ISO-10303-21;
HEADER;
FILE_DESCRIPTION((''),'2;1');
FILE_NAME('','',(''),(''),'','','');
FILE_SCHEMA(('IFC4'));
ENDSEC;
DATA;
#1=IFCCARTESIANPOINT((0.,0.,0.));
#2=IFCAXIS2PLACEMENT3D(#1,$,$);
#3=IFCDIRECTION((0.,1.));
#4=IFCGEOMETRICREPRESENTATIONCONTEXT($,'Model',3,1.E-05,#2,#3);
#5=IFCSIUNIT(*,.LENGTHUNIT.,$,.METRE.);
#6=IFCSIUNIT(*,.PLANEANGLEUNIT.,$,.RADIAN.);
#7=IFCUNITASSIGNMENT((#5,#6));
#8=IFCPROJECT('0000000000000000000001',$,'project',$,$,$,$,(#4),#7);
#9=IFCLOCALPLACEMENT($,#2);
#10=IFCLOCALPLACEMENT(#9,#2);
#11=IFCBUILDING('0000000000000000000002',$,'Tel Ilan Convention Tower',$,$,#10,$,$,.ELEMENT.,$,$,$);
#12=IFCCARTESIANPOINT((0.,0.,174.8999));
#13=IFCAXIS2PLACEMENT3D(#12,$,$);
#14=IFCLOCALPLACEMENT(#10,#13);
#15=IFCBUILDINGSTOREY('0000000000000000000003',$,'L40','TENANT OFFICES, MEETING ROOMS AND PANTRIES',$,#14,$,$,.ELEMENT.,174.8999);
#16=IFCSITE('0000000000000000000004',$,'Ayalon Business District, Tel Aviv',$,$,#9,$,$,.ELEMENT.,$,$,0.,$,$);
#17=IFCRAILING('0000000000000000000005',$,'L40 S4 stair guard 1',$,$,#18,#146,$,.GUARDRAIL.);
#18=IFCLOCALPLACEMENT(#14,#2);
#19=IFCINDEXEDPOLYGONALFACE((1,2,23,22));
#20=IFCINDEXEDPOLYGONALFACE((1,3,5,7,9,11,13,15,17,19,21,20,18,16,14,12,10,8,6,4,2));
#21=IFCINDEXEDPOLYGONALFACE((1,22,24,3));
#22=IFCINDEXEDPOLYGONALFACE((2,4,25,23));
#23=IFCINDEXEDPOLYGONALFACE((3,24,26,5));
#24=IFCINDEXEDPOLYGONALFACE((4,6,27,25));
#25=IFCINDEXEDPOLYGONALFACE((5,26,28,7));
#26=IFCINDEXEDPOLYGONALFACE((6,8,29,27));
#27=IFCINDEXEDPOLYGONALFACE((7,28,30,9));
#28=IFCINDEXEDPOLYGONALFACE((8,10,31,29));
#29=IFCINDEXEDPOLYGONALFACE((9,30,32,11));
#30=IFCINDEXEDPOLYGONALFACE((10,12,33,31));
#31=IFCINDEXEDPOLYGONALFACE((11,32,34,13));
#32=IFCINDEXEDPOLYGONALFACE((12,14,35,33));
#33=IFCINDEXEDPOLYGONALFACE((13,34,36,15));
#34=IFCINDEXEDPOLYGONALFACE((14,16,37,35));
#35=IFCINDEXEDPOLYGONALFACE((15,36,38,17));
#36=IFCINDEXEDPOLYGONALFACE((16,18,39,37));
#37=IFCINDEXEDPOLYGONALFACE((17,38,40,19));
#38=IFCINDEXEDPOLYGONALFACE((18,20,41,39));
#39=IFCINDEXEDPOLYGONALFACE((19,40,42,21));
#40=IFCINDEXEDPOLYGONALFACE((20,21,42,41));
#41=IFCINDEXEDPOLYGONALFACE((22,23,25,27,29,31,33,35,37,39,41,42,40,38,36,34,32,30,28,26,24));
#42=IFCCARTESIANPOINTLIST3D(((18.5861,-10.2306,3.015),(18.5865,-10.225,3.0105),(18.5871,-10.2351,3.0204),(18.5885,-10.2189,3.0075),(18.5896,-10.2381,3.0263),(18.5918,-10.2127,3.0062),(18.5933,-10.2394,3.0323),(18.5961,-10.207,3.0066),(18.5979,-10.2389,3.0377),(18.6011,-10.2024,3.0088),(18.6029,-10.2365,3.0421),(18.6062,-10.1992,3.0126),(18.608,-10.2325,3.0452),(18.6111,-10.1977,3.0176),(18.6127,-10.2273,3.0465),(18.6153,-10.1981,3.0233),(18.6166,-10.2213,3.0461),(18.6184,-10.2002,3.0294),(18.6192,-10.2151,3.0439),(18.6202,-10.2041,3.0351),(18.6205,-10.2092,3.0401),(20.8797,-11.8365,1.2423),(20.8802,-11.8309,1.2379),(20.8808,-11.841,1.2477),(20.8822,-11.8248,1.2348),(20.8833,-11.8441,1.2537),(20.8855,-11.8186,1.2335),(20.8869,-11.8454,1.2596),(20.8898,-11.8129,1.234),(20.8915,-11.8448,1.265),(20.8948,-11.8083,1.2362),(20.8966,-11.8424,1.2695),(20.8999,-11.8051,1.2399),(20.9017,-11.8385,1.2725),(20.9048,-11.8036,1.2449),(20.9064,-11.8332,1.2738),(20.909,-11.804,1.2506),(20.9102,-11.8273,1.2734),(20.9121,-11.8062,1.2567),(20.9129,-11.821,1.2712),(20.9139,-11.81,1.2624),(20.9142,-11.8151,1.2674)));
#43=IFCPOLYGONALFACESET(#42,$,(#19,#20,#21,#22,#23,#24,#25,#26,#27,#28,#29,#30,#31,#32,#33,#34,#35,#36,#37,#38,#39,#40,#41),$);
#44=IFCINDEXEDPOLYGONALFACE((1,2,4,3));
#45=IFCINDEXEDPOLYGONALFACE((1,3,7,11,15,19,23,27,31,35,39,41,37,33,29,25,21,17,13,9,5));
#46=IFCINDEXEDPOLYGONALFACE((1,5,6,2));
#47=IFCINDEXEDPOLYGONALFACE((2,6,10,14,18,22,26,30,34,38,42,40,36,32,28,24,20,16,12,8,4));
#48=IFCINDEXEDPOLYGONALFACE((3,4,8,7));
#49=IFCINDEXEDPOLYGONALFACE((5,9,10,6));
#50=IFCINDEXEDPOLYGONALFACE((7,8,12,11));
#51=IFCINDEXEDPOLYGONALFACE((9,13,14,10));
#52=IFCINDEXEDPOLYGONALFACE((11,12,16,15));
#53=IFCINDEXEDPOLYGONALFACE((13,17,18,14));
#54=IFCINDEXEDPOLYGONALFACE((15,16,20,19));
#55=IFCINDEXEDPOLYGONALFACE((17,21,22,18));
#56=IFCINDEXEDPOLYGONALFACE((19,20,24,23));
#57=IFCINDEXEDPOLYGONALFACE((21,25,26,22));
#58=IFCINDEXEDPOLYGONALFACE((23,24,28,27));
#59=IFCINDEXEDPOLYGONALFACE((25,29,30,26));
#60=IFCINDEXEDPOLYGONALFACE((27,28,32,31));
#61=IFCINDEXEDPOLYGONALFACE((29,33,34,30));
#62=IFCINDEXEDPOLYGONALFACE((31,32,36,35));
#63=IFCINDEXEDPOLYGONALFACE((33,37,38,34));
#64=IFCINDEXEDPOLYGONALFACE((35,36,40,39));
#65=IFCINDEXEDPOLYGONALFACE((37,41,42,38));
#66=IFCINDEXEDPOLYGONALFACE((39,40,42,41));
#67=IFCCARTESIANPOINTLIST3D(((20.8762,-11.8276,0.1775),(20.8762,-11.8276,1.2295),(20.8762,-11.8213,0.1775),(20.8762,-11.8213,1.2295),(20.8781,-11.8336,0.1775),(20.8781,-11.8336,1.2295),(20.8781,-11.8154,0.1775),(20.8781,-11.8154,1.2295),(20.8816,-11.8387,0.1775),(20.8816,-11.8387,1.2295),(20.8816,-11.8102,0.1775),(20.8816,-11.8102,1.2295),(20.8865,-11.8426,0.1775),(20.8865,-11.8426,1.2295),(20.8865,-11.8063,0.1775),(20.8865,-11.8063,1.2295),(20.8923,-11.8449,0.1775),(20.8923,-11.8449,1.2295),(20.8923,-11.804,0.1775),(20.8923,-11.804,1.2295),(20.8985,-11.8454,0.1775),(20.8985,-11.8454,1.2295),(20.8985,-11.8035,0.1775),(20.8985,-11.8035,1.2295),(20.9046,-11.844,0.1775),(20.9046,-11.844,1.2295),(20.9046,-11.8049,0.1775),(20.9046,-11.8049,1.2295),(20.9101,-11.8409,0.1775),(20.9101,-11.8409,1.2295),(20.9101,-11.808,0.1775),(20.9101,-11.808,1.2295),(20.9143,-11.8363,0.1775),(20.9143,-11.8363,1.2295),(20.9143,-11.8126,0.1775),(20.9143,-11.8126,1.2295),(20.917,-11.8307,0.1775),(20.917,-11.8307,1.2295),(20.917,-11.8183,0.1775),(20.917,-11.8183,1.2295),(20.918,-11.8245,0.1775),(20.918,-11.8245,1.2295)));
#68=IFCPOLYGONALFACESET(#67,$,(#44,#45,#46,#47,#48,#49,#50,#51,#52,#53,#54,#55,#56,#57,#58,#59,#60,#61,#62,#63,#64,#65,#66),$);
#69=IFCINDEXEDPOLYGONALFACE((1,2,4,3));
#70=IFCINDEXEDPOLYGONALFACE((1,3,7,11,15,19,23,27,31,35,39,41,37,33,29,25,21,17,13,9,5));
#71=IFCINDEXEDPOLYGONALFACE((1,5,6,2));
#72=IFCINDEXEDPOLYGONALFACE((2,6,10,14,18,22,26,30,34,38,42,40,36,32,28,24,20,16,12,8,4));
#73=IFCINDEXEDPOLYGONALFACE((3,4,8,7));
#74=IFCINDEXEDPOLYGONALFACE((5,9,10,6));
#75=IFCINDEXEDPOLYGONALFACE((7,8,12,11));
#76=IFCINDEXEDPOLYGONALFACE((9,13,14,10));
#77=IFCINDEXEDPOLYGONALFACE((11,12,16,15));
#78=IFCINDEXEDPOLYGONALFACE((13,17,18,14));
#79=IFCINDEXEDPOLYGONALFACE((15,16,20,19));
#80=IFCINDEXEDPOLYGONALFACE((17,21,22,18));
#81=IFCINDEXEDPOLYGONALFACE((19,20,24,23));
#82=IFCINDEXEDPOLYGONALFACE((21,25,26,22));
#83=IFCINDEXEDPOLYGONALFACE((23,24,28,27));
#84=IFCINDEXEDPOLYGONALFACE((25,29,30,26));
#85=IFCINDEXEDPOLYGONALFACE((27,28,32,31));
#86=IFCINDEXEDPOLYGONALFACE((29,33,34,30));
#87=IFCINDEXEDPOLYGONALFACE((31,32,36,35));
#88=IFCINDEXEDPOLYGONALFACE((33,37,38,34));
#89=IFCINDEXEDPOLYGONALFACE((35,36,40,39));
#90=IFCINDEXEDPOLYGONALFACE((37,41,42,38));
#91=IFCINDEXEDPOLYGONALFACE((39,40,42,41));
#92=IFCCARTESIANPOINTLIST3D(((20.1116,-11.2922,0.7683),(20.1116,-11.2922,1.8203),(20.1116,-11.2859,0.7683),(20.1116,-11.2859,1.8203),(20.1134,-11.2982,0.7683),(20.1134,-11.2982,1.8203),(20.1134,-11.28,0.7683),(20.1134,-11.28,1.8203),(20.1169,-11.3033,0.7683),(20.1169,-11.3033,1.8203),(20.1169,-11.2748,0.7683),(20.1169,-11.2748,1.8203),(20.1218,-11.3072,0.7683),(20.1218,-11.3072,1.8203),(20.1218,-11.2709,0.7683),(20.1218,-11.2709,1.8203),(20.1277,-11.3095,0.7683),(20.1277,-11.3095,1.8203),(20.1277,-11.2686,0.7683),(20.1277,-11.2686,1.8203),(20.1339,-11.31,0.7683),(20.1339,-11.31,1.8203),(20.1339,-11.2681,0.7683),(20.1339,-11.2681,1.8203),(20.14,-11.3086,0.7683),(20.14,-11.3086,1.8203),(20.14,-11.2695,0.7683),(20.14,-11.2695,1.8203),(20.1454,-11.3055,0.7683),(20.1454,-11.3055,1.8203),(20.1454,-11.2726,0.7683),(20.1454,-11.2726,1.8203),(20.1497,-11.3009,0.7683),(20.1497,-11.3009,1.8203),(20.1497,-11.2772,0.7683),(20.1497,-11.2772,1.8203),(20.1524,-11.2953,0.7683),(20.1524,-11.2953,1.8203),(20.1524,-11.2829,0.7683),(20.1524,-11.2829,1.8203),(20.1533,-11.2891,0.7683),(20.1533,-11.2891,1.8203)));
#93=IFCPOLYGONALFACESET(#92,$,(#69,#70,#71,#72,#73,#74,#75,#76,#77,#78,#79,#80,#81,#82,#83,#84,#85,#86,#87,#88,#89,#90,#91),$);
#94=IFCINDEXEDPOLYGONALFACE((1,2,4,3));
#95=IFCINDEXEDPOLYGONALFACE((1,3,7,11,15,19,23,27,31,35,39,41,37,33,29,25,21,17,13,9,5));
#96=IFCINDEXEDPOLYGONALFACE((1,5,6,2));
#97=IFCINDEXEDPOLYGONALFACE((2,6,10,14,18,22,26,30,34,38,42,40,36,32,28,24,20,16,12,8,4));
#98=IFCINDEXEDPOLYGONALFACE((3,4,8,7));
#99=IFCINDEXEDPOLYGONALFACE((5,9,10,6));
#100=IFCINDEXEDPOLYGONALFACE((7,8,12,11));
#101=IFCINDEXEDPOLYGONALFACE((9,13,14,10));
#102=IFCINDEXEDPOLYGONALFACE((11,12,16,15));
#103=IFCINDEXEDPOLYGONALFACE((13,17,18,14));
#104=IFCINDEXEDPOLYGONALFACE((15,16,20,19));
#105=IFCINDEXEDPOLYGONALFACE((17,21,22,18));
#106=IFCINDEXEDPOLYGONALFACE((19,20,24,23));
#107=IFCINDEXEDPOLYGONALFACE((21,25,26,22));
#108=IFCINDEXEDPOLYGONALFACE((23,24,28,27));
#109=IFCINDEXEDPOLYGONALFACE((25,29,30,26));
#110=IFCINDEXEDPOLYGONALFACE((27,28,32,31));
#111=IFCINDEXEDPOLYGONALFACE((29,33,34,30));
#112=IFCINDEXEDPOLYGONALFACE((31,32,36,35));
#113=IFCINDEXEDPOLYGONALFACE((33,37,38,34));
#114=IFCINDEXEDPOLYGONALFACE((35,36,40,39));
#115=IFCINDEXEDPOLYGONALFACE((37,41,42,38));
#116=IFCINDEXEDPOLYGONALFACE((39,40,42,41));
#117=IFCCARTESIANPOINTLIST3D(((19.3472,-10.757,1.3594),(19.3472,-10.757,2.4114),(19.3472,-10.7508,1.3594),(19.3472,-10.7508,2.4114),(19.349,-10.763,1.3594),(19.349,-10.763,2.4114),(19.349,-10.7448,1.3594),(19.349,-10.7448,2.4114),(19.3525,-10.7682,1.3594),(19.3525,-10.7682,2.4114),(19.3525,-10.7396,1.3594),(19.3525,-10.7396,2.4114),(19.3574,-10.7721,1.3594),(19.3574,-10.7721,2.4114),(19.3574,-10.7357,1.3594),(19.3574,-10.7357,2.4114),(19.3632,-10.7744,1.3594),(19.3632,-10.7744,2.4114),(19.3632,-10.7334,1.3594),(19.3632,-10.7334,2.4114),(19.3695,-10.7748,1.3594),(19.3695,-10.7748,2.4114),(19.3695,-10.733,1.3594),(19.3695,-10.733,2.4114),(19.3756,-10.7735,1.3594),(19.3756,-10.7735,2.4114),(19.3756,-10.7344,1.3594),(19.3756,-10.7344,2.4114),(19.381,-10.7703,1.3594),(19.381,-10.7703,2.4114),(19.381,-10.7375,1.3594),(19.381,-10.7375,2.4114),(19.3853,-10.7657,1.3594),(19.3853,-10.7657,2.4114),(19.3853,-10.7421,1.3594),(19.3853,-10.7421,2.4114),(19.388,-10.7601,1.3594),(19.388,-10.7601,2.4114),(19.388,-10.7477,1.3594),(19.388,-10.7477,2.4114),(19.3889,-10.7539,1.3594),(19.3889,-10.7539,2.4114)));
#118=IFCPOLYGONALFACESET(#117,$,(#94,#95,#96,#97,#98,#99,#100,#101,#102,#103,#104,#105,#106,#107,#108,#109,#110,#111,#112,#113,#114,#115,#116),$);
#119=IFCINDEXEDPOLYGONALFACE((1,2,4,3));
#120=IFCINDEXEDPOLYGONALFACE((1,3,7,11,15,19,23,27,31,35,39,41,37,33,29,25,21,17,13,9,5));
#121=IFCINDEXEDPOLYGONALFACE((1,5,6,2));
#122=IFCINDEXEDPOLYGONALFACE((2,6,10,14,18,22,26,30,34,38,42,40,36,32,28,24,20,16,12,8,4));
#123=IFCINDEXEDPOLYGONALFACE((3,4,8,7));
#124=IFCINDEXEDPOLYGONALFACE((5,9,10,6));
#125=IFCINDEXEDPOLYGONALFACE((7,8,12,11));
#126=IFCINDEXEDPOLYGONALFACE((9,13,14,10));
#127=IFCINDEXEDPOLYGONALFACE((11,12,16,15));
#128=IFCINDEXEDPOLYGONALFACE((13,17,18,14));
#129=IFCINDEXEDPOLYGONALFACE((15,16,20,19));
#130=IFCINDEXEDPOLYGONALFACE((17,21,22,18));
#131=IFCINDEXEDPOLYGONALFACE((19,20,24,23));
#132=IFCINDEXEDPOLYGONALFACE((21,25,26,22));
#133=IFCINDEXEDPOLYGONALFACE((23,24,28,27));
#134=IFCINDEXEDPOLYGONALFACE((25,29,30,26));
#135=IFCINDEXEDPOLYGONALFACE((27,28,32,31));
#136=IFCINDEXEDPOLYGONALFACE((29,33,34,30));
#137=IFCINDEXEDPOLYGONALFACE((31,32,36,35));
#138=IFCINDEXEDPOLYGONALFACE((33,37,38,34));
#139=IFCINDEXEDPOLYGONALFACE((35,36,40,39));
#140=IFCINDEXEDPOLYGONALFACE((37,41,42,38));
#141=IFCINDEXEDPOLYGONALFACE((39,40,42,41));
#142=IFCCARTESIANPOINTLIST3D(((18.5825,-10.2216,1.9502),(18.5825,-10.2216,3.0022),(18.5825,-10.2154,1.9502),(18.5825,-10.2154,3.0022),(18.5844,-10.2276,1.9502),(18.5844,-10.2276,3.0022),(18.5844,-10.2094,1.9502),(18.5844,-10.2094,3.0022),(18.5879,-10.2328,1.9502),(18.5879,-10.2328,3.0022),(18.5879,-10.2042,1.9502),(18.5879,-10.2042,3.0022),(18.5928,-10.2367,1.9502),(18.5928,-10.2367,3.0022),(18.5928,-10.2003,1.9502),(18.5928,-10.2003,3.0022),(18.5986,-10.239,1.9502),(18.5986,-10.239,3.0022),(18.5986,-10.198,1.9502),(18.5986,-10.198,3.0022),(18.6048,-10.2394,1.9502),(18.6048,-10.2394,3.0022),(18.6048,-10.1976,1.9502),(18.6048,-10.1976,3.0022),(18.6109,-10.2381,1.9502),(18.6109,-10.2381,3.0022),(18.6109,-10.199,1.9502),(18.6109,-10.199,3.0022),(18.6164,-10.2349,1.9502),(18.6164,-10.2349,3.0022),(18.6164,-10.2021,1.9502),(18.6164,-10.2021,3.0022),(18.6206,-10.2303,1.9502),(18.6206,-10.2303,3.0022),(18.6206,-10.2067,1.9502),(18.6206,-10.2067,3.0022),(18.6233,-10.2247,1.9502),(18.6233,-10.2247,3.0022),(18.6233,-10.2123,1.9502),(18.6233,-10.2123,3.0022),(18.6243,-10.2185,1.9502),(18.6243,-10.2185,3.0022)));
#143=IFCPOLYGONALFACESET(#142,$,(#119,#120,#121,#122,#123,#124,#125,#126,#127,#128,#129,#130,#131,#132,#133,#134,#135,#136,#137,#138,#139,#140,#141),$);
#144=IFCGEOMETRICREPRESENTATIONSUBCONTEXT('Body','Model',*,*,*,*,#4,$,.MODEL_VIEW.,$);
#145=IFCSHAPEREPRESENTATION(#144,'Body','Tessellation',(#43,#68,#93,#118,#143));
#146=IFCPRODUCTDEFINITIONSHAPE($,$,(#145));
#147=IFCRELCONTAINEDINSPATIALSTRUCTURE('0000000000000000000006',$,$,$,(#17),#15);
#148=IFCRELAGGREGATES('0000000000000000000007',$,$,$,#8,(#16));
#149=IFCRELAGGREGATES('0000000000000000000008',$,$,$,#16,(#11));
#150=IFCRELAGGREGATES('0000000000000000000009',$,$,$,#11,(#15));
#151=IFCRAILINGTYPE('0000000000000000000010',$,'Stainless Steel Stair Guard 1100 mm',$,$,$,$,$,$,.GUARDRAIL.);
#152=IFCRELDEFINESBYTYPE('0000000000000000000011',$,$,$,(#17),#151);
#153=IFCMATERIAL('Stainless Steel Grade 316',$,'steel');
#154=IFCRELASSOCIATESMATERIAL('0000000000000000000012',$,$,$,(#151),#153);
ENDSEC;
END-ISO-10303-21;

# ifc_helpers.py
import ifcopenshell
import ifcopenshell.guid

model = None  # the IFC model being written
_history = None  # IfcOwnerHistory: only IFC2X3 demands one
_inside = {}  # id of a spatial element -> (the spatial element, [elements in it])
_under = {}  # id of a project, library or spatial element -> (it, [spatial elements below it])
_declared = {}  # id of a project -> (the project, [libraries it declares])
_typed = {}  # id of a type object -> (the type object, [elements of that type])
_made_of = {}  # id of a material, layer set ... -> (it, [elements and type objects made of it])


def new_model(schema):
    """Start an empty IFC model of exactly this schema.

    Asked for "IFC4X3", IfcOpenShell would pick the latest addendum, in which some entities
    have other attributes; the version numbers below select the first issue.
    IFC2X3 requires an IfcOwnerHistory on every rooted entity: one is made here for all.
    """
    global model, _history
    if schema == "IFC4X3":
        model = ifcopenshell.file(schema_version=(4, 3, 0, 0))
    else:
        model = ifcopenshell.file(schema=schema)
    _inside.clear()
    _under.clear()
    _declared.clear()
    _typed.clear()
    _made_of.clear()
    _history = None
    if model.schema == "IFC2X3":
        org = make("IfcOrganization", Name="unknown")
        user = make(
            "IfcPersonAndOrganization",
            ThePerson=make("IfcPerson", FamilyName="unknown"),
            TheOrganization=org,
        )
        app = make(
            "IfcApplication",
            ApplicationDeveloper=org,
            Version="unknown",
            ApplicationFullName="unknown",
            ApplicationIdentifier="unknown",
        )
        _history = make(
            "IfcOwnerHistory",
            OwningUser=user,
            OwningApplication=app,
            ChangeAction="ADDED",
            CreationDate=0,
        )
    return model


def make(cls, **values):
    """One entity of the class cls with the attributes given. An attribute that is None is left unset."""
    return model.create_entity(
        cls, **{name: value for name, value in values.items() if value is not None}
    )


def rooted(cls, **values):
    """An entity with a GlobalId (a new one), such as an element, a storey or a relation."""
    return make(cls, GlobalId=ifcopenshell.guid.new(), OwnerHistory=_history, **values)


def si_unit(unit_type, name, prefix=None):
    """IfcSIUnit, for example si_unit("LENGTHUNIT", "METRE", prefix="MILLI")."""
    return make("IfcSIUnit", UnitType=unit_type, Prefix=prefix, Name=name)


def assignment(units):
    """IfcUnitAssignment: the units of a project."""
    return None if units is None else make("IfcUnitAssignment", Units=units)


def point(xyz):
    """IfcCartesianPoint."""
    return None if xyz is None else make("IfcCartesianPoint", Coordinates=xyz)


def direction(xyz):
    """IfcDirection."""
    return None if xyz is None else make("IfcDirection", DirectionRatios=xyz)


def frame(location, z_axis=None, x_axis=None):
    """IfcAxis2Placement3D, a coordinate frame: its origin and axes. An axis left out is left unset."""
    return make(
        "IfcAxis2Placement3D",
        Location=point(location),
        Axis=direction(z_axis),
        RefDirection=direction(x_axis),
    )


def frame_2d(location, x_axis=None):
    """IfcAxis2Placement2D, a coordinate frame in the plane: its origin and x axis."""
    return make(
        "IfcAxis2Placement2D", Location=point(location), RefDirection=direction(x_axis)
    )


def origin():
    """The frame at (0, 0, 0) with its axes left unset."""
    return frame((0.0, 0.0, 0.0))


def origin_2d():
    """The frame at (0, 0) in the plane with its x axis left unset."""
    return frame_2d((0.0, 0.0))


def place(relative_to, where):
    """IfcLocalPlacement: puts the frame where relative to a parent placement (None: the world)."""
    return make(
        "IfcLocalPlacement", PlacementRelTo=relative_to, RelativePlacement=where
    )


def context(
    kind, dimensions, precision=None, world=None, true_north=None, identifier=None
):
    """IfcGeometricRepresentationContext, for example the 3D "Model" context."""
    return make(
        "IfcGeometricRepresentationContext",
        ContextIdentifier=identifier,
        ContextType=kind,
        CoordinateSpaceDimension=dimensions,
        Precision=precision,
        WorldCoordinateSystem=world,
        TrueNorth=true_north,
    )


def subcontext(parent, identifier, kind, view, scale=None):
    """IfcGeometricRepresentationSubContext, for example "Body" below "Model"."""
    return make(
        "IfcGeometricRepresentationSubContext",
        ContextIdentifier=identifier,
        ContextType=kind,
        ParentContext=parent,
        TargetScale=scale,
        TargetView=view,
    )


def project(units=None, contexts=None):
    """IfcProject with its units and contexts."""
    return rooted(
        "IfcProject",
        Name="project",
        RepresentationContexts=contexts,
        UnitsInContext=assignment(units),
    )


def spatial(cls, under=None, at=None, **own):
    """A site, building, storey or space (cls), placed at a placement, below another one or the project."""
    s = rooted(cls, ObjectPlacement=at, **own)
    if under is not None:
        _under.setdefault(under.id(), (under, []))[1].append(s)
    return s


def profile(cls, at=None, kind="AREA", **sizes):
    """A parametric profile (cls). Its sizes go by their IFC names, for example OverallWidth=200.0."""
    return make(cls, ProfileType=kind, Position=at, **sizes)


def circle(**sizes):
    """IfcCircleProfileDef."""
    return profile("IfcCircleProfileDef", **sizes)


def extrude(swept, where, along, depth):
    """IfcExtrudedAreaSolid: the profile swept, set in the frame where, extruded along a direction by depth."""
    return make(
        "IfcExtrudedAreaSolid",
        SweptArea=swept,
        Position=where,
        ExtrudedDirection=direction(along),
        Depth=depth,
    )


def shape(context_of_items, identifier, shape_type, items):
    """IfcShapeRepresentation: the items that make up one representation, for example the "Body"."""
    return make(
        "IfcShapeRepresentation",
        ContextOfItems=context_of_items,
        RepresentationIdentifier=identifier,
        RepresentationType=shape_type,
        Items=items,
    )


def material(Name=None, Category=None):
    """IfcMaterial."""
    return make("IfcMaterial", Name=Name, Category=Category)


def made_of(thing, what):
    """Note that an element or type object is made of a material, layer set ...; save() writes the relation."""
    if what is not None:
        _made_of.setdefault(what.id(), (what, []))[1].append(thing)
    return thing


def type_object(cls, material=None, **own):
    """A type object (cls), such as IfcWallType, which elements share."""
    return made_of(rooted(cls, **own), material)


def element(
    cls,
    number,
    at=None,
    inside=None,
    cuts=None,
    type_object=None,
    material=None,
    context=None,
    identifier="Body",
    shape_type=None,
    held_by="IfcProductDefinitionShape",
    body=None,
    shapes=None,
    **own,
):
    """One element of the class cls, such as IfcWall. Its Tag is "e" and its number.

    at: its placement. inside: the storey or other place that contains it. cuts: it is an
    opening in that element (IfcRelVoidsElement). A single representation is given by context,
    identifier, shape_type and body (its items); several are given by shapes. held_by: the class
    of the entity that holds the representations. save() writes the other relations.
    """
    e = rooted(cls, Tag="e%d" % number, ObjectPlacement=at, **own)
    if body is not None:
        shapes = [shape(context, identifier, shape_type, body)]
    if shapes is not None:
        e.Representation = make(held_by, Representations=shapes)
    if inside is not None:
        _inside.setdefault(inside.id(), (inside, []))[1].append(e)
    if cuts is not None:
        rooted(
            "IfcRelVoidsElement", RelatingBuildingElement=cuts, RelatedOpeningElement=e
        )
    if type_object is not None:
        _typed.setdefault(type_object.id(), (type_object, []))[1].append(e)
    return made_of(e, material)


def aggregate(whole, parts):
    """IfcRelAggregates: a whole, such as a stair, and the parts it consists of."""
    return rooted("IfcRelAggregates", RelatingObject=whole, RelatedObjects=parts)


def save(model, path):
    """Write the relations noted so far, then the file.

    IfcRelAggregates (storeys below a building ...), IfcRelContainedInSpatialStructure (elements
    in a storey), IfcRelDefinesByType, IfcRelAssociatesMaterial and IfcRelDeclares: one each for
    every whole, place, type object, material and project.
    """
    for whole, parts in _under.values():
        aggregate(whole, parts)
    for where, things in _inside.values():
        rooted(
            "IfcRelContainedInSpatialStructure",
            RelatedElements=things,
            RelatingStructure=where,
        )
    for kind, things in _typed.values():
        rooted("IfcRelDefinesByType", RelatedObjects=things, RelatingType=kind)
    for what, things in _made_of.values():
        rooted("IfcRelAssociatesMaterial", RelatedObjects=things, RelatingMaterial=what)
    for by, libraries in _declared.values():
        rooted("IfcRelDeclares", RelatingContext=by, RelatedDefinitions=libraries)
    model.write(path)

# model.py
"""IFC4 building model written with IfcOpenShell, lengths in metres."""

from ifc_helpers import new_model, si_unit, direction, frame, origin, origin_2d, place, context, subcontext, project, spatial, circle, extrude, material, type_object, element, save


model = new_model("IFC4")

# Units and contexts
model_context = context("Model", 3, precision=1e-05, world=origin(), true_north=direction((0.0, 1.0)))
body_context = subcontext(model_context, "Body", "Model", "MODEL_VIEW")
ifc_project = project(units=[si_unit("LENGTHUNIT", "METRE"), si_unit("PLANEANGLEUNIT", "RADIAN")], contexts=[model_context])

# Site, building, storey
site_placement = place(None, origin())
site = spatial("IfcSite", under=ifc_project, at=site_placement, Name="Ayalon Business District, Tel Aviv", CompositionType="ELEMENT", RefElevation=0.0)
building_placement = place(site_placement, origin())
building = spatial("IfcBuilding", under=site, at=building_placement, Name="Tel Ilan Convention Tower", CompositionType="ELEMENT")
storey_placement = place(building_placement, frame((0.0, 0.0, 174.8999)))
storey = spatial("IfcBuildingStorey", under=building, at=storey_placement, Name="L40", Description="TENANT OFFICES, MEETING ROOMS AND PANTRIES", CompositionType="ELEMENT", Elevation=174.8999)

# Railing
ifc_material_1 = material(Name="Stainless Steel Grade 316", Category="steel")
railing_type_1 = type_object("IfcRailingType", Name="Stainless Steel Stair Guard 1100 mm", PredefinedType="GUARDRAIL", material=ifc_material_1)
railing_1_placement = place(storey_placement, frame((20.897, -11.8245, 0.1775)))
element("IfcRailing", 1, at=railing_1_placement, inside=storey, type_object=railing_type_1, Name="L40 S4 stair guard 1", PredefinedType="GUARDRAIL", context=body_context, shape_type="SweptSolid", body=[
    extrude(circle(Radius=0.0239, at=origin_2d()), frame((0.0, 0.0, 1.0762), z_axis=(-0.692123, 0.484597, 0.534913), x_axis=(-0.57355, -0.81917, 0.0)), (0.0, 0.0, 1.0), 3.314),
    extrude(circle(Radius=0.021, at=origin_2d()), origin(), (0.0, 0.0, 1.0), 1.052),
    extrude(circle(Radius=0.021, at=origin_2d()), frame((-0.7646, 0.5354, 0.5908)), (0.0, 0.0, 1.0), 1.052),
    extrude(circle(Radius=0.021, at=origin_2d()), frame((-1.5291, 1.0706, 1.1819)), (0.0, 0.0, 1.0), 1.052),
    extrude(circle(Radius=0.021, at=origin_2d()), frame((-2.2937, 1.606, 1.7727)), (0.0, 0.0, 1.0), 1.052),
])

save(model, "model.ifc")
